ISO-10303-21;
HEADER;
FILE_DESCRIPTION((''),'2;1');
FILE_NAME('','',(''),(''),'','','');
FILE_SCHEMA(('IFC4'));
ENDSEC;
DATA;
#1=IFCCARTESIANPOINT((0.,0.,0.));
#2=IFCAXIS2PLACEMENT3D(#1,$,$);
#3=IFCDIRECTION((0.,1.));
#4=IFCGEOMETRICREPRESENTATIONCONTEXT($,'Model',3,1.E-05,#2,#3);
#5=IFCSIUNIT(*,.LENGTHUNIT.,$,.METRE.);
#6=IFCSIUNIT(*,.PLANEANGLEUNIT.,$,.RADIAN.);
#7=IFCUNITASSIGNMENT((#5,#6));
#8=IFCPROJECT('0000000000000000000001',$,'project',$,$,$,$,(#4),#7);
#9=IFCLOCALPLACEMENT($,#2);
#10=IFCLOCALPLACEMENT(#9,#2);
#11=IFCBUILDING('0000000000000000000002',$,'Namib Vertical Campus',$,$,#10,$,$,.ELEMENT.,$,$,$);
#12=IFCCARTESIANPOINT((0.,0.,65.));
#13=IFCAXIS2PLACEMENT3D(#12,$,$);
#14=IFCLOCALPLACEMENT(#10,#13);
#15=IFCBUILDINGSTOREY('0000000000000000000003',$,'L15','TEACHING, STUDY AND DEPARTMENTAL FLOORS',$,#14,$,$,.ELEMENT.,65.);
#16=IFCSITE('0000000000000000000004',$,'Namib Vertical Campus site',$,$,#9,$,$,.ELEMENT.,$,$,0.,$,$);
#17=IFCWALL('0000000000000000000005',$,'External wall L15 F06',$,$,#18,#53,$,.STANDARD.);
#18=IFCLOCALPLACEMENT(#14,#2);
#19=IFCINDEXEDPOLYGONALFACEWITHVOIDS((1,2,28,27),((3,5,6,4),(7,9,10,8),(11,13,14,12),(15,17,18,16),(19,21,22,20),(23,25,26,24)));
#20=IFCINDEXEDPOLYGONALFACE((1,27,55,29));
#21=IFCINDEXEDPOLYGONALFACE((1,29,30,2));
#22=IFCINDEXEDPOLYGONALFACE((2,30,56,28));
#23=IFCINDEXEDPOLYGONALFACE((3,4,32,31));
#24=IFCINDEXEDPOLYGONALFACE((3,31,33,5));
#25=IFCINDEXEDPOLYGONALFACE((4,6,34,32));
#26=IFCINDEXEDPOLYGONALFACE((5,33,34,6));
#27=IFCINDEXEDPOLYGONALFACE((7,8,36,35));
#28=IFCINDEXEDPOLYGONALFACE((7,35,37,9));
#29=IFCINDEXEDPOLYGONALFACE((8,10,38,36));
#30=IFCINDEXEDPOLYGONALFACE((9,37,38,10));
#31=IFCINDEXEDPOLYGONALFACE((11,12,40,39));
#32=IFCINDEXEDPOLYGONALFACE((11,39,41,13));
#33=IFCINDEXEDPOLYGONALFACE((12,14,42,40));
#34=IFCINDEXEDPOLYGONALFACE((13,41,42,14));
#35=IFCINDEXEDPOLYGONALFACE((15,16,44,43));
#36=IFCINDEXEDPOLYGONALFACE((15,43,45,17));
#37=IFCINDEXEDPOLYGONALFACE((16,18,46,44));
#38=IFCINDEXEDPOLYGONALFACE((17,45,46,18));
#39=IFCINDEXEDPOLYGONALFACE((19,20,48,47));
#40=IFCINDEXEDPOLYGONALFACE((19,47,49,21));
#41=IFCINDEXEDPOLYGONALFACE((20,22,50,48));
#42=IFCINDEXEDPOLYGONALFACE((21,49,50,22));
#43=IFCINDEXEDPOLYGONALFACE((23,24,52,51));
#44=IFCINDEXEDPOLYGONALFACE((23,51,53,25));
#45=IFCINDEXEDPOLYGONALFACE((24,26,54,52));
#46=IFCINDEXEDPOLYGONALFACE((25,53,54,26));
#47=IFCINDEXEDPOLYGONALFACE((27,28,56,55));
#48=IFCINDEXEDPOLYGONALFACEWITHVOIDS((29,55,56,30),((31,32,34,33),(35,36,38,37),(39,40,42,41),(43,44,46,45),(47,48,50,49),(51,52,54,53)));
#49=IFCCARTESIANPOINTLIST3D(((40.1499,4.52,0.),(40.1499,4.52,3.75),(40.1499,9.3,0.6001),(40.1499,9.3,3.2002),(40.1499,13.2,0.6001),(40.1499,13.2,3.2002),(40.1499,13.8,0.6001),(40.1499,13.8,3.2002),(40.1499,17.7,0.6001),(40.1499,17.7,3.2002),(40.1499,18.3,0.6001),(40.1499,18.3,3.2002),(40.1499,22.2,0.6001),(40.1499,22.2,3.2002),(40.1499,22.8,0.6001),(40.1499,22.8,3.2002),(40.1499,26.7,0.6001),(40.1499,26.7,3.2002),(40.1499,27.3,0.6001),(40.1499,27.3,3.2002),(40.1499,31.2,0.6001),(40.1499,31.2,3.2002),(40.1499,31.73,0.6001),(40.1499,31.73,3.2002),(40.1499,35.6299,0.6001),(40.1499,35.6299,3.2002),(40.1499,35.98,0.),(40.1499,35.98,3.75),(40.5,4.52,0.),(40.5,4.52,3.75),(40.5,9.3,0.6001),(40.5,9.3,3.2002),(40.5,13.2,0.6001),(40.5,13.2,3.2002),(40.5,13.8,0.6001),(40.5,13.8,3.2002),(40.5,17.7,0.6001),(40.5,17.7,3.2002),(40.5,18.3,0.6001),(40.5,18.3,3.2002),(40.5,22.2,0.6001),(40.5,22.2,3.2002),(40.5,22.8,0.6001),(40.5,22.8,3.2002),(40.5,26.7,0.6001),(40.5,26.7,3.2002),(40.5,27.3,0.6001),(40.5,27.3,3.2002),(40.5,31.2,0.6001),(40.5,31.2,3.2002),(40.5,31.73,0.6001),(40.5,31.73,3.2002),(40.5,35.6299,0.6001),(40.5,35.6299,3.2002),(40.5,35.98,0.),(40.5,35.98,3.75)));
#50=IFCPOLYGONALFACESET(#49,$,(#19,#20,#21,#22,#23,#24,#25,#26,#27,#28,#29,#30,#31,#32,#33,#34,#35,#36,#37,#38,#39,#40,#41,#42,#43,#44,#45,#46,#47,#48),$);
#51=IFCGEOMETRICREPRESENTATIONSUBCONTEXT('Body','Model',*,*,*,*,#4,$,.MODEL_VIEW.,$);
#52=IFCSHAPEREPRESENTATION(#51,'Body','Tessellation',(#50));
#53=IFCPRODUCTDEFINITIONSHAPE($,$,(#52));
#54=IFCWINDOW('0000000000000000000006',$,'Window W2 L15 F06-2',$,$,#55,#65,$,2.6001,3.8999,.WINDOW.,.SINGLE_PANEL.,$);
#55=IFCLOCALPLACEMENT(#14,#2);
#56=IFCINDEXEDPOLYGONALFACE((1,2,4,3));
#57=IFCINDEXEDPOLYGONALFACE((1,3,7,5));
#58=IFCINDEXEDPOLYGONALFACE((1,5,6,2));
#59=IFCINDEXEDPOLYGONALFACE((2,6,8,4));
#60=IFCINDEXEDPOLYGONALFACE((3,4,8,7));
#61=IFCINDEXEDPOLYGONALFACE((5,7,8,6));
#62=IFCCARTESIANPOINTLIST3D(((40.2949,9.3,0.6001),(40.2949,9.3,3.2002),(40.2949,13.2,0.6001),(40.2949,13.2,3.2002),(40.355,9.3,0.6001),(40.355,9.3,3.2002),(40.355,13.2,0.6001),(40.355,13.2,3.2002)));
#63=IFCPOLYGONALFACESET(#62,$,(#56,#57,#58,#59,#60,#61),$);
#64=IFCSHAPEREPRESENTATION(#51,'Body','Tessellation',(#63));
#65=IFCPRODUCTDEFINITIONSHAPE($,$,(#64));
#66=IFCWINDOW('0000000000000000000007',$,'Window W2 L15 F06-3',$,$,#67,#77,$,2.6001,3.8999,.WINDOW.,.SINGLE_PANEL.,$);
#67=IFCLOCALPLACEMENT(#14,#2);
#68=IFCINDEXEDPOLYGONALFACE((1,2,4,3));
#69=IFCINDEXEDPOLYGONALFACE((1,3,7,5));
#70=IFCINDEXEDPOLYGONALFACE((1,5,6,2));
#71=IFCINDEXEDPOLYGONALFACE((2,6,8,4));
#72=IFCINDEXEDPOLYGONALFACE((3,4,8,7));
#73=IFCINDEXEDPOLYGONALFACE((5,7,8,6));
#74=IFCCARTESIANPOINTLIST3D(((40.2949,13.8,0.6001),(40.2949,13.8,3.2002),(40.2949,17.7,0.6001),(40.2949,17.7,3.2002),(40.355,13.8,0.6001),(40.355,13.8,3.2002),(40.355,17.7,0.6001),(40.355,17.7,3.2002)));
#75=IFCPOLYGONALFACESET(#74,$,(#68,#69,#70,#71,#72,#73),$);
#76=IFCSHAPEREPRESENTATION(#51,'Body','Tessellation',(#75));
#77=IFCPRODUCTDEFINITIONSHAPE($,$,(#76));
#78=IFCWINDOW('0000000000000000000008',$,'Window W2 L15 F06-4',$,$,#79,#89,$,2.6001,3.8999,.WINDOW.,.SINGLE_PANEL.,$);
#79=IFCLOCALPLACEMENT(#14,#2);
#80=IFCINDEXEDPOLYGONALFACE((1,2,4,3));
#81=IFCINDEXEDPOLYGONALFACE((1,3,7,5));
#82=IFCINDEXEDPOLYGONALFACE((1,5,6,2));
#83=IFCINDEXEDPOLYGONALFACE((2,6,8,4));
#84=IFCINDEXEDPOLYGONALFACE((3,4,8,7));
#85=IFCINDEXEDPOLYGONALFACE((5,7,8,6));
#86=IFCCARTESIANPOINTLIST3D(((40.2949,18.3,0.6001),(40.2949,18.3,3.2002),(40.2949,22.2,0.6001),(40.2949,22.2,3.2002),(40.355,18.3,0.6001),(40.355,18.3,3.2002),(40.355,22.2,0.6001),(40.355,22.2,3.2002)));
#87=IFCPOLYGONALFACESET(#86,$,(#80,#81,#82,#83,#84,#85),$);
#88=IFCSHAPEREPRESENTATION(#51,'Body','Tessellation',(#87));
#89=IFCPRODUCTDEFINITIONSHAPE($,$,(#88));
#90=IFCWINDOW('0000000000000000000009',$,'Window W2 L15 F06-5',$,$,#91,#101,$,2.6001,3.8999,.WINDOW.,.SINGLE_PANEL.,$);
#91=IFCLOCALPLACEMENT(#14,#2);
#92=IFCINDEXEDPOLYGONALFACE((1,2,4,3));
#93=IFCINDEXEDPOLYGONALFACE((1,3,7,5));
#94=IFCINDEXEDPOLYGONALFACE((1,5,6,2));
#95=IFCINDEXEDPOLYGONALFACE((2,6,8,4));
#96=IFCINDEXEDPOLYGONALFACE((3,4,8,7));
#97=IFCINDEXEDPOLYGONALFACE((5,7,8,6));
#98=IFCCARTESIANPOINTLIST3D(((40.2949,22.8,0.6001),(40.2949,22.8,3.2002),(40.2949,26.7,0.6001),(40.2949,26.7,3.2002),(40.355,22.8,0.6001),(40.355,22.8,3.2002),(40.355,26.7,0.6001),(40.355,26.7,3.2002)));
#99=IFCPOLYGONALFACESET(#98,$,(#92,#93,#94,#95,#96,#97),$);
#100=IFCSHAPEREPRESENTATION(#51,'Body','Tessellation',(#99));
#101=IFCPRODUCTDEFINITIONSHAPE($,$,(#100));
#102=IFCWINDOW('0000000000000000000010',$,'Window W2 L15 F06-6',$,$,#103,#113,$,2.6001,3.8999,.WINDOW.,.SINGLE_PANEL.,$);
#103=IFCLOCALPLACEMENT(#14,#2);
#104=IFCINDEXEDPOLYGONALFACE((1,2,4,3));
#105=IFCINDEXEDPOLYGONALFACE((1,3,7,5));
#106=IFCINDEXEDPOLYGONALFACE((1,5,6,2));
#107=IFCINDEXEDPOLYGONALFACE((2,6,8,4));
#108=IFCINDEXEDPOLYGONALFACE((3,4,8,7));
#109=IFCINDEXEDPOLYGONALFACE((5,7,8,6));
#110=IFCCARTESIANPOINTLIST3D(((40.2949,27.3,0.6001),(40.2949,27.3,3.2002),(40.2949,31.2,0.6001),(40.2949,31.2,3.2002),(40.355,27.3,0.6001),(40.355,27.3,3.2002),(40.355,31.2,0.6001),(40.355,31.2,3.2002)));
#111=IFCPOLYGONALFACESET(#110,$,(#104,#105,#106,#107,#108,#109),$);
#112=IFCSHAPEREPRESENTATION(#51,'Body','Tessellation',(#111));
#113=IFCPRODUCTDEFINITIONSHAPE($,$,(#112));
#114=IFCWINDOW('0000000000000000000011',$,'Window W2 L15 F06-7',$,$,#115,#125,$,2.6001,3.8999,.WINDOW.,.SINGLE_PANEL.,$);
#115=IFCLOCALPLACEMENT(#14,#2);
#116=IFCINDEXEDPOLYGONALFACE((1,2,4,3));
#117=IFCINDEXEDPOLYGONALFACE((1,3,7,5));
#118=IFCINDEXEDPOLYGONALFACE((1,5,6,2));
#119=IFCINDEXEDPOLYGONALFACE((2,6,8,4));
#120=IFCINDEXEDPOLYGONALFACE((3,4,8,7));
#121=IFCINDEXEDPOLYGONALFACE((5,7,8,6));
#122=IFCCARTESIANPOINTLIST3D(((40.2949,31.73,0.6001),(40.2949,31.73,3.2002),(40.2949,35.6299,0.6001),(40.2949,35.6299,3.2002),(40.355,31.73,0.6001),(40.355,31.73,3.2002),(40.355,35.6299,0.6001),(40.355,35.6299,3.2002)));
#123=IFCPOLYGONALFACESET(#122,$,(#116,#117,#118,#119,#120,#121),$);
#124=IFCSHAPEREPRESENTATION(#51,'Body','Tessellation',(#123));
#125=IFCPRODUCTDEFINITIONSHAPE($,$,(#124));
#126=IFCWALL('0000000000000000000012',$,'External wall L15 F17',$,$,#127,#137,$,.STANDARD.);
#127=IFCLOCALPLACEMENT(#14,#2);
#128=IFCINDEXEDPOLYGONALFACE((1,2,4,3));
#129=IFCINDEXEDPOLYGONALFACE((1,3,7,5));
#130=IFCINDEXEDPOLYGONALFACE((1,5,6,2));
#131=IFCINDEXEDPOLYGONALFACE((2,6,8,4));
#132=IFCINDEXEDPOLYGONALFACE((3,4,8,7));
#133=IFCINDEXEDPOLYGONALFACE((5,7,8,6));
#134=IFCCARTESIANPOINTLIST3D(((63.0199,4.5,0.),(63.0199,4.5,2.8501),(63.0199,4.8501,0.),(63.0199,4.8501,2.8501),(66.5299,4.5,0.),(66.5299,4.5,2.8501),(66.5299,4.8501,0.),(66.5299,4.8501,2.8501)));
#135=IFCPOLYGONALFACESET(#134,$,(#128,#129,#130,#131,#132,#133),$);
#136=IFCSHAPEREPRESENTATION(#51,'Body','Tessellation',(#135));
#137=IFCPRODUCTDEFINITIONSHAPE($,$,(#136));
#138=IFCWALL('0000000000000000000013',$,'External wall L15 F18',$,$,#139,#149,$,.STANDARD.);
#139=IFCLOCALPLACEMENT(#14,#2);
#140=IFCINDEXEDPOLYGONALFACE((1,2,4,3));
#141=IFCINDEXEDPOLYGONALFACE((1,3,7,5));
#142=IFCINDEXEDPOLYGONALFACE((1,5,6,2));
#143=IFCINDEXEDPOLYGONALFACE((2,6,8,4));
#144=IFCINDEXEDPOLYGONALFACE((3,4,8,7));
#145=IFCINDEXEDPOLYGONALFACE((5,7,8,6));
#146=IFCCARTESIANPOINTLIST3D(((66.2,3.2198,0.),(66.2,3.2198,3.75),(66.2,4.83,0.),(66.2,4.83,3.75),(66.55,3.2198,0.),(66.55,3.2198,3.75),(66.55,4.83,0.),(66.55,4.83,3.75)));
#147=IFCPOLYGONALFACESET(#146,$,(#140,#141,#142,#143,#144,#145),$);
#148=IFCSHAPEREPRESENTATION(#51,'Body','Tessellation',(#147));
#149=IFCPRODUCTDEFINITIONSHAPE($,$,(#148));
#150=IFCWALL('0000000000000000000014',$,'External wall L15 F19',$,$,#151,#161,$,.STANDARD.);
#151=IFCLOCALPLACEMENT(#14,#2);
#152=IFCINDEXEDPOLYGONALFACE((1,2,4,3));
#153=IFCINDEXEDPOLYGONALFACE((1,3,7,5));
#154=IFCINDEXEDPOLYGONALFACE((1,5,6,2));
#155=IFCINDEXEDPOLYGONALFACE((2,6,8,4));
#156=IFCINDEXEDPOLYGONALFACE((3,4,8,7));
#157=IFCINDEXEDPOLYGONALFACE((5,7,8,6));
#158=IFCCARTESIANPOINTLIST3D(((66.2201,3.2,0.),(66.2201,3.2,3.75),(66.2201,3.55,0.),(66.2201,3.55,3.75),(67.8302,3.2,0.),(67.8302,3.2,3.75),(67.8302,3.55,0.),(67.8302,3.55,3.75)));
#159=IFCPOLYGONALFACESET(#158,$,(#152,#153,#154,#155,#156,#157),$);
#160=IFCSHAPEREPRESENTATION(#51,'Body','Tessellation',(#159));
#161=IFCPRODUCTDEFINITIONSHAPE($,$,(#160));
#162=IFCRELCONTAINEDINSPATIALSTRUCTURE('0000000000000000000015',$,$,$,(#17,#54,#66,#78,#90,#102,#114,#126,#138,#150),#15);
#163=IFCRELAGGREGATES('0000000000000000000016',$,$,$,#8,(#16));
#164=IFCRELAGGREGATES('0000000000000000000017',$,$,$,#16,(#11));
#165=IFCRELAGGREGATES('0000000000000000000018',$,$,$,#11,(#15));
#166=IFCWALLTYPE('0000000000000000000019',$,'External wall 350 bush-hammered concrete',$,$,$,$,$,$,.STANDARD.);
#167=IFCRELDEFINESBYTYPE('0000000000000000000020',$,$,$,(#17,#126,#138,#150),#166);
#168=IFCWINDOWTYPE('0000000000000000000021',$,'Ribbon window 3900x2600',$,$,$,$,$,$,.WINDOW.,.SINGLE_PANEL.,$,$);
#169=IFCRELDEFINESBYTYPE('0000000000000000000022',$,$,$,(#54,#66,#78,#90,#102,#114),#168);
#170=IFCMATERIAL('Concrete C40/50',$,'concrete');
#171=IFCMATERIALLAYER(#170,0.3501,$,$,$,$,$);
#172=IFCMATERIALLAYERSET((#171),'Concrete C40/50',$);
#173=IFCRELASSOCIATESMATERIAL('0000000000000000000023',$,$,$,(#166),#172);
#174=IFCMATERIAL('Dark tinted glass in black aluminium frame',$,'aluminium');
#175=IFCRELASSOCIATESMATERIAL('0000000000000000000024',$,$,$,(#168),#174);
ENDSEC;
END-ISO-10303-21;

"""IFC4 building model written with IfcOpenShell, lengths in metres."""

from ifc_helpers import new_model, si_unit, direction, frame, frame_2d, origin, place, context, subcontext, project, spatial, rectangle, extrude, material, layer, layer_set, type_object, element, fill, save


model = new_model("IFC4")

# Units and contexts
model_context = context("Model", 3, precision=1e-05, world=origin(), true_north=direction((0.0, 1.0)))
body_context = subcontext(model_context, "Body", "Model", "MODEL_VIEW")
ifc_project = project(units=[si_unit("LENGTHUNIT", "METRE"), si_unit("PLANEANGLEUNIT", "RADIAN")], contexts=[model_context])

# Site, building, storey
site_placement = place(None, origin())
site = spatial("IfcSite", under=ifc_project, at=site_placement, Name="Namib Vertical Campus site", CompositionType="ELEMENT", RefElevation=0.0)
building_placement = place(site_placement, origin())
building = spatial("IfcBuilding", under=site, at=building_placement, Name="Namib Vertical Campus", CompositionType="ELEMENT")
storey_placement = place(building_placement, frame((0.0, 0.0, 65.0)))
storey = spatial("IfcBuildingStorey", under=building, at=storey_placement, Name="L15", Description="TEACHING, STUDY AND DEPARTMENTAL FLOORS", CompositionType="ELEMENT", Elevation=65.0)

# Shared definitions
ifc_material_1 = material(Name="Concrete C40/50", Category="concrete")
ifc_layer_1 = layer(ifc_material_1, 0.3501)
ifc_layer_set_1 = layer_set([ifc_layer_1], Name="Concrete C40/50")
wall_type_1 = type_object("IfcWallType", Name="External wall 350 bush-hammered concrete", PredefinedType="STANDARD", material=ifc_layer_set_1)

# Wall, openings, windows
wall_1_placement = place(storey_placement, frame((40.325, 4.52, 0.0), z_axis=(0.0, 0.0, 1.0), x_axis=(0.0, 1.0, 0.0)))
wall_1 = element("IfcWall", 1, at=wall_1_placement, inside=storey, type_object=wall_type_1, Name="External wall L15 F06", PredefinedType="STANDARD", context=body_context, shape_type="SweptSolid", body=[
    extrude(rectangle(XDim=31.46, YDim=0.3501, at=frame_2d((15.73, 0.0))), origin(), (0.0, 0.0, 1.0), 3.75),
])
opening_1_placement = place(wall_1_placement, frame((4.78, 0.0, 0.6001)))
opening_1 = element("IfcOpeningElement", 2, at=opening_1_placement, cuts=wall_1, PredefinedType="OPENING", context=body_context, shape_type="SweptSolid", body=[
    extrude(rectangle(XDim=3.8999, YDim=2.6001, at=frame_2d((1.95, 1.3))), frame((0.0, 0.1851, 0.0), z_axis=(0.0, -1.0, 0.0), x_axis=(1.0, 0.0, 0.0)), (0.0, 0.0, 1.0), 0.3701),
])
opening_2_placement = place(wall_1_placement, frame((9.28, 0.0, 0.6001)))
opening_2 = element("IfcOpeningElement", 3, at=opening_2_placement, cuts=wall_1, PredefinedType="OPENING", context=body_context, shape_type="SweptSolid", body=[
    extrude(rectangle(XDim=3.8999, YDim=2.6001, at=frame_2d((1.95, 1.3))), frame((0.0, 0.1851, 0.0), z_axis=(0.0, -1.0, 0.0), x_axis=(1.0, 0.0, 0.0)), (0.0, 0.0, 1.0), 0.3701),
])
opening_3_placement = place(wall_1_placement, frame((13.78, 0.0, 0.6001)))
opening_3 = element("IfcOpeningElement", 4, at=opening_3_placement, cuts=wall_1, PredefinedType="OPENING", context=body_context, shape_type="SweptSolid", body=[
    extrude(rectangle(XDim=3.8999, YDim=2.6001, at=frame_2d((1.95, 1.3))), frame((0.0, 0.1851, 0.0), z_axis=(0.0, -1.0, 0.0), x_axis=(1.0, 0.0, 0.0)), (0.0, 0.0, 1.0), 0.3701),
])
opening_4_placement = place(wall_1_placement, frame((18.28, 0.0, 0.6001)))
opening_4 = element("IfcOpeningElement", 5, at=opening_4_placement, cuts=wall_1, PredefinedType="OPENING", context=body_context, shape_type="SweptSolid", body=[
    extrude(rectangle(XDim=3.8999, YDim=2.6001, at=frame_2d((1.95, 1.3))), frame((0.0, 0.1851, 0.0), z_axis=(0.0, -1.0, 0.0), x_axis=(1.0, 0.0, 0.0)), (0.0, 0.0, 1.0), 0.3701),
])
opening_5_placement = place(wall_1_placement, frame((22.78, 0.0, 0.6001)))
opening_5 = element("IfcOpeningElement", 6, at=opening_5_placement, cuts=wall_1, PredefinedType="OPENING", context=body_context, shape_type="SweptSolid", body=[
    extrude(rectangle(XDim=3.8999, YDim=2.6001, at=frame_2d((1.95, 1.3))), frame((0.0, 0.1851, 0.0), z_axis=(0.0, -1.0, 0.0), x_axis=(1.0, 0.0, 0.0)), (0.0, 0.0, 1.0), 0.3701),
])
opening_6_placement = place(wall_1_placement, frame((27.21, 0.0, 0.6001)))
opening_6 = element("IfcOpeningElement", 7, at=opening_6_placement, cuts=wall_1, PredefinedType="OPENING", context=body_context, shape_type="SweptSolid", body=[
    extrude(rectangle(XDim=3.8999, YDim=2.6001, at=frame_2d((1.95, 1.3))), frame((0.0, 0.1851, 0.0), z_axis=(0.0, -1.0, 0.0), x_axis=(1.0, 0.0, 0.0)), (0.0, 0.0, 1.0), 0.3701),
])
ifc_material_2 = material(Name="Dark tinted glass in black aluminium frame", Category="aluminium")
window_type = type_object("IfcWindowType", Name="Ribbon window 3900x2600", PartitioningType="SINGLE_PANEL", PredefinedType="WINDOW", material=ifc_material_2)
window_1_placement = place(opening_1_placement, origin())
window_1 = element("IfcWindow", 8, at=window_1_placement, inside=storey, type_object=window_type, Name="Window W2 L15 F06-2", OverallHeight=2.6001, OverallWidth=3.8999, PartitioningType="SINGLE_PANEL", PredefinedType="WINDOW", context=body_context, shape_type="SweptSolid", body=[
    extrude(rectangle(XDim=3.8999, YDim=2.6001, at=frame_2d((1.95, 1.3))), frame((0.0, 0.03, 0.0), z_axis=(0.0, -1.0, 0.0), x_axis=(1.0, 0.0, 0.0)), (0.0, 0.0, 1.0), 0.0601),
])
fill(opening_1, window_1)
window_2_placement = place(opening_2_placement, origin())
window_2 = element("IfcWindow", 9, at=window_2_placement, inside=storey, type_object=window_type, Name="Window W2 L15 F06-3", OverallHeight=2.6001, OverallWidth=3.8999, PartitioningType="SINGLE_PANEL", PredefinedType="WINDOW", context=body_context, shape_type="SweptSolid", body=[
    extrude(rectangle(XDim=3.8999, YDim=2.6001, at=frame_2d((1.95, 1.3))), frame((0.0, 0.03, 0.0), z_axis=(0.0, -1.0, 0.0), x_axis=(1.0, 0.0, 0.0)), (0.0, 0.0, 1.0), 0.0601),
])
fill(opening_2, window_2)
window_3_placement = place(opening_3_placement, origin())
window_3 = element("IfcWindow", 10, at=window_3_placement, inside=storey, type_object=window_type, Name="Window W2 L15 F06-4", OverallHeight=2.6001, OverallWidth=3.8999, PartitioningType="SINGLE_PANEL", PredefinedType="WINDOW", context=body_context, shape_type="SweptSolid", body=[
    extrude(rectangle(XDim=3.8999, YDim=2.6001, at=frame_2d((1.95, 1.3))), frame((0.0, 0.03, 0.0), z_axis=(0.0, -1.0, 0.0), x_axis=(1.0, 0.0, 0.0)), (0.0, 0.0, 1.0), 0.0601),
])
fill(opening_3, window_3)
window_4_placement = place(opening_4_placement, origin())
window_4 = element("IfcWindow", 11, at=window_4_placement, inside=storey, type_object=window_type, Name="Window W2 L15 F06-5", OverallHeight=2.6001, OverallWidth=3.8999, PartitioningType="SINGLE_PANEL", PredefinedType="WINDOW", context=body_context, shape_type="SweptSolid", body=[
    extrude(rectangle(XDim=3.8999, YDim=2.6001, at=frame_2d((1.95, 1.3))), frame((0.0, 0.03, 0.0), z_axis=(0.0, -1.0, 0.0), x_axis=(1.0, 0.0, 0.0)), (0.0, 0.0, 1.0), 0.0601),
])
fill(opening_4, window_4)
window_5_placement = place(opening_5_placement, origin())
window_5 = element("IfcWindow", 12, at=window_5_placement, inside=storey, type_object=window_type, Name="Window W2 L15 F06-6", OverallHeight=2.6001, OverallWidth=3.8999, PartitioningType="SINGLE_PANEL", PredefinedType="WINDOW", context=body_context, shape_type="SweptSolid", body=[
    extrude(rectangle(XDim=3.8999, YDim=2.6001, at=frame_2d((1.95, 1.3))), frame((0.0, 0.03, 0.0), z_axis=(0.0, -1.0, 0.0), x_axis=(1.0, 0.0, 0.0)), (0.0, 0.0, 1.0), 0.0601),
])
fill(opening_5, window_5)
window_6_placement = place(opening_6_placement, origin())
window_6 = element("IfcWindow", 13, at=window_6_placement, inside=storey, type_object=window_type, Name="Window W2 L15 F06-7", OverallHeight=2.6001, OverallWidth=3.8999, PartitioningType="SINGLE_PANEL", PredefinedType="WINDOW", context=body_context, shape_type="SweptSolid", body=[
    extrude(rectangle(XDim=3.8999, YDim=2.6001, at=frame_2d((1.95, 1.3))), frame((0.0, 0.03, 0.0), z_axis=(0.0, -1.0, 0.0), x_axis=(1.0, 0.0, 0.0)), (0.0, 0.0, 1.0), 0.0601),
])
fill(opening_6, window_6)

# Walls
wall_2_placement = place(storey_placement, frame((63.02, 4.675, 0.0), z_axis=(0.0, 0.0, 1.0), x_axis=(1.0, 0.0, 0.0)))
element("IfcWall", 14, at=wall_2_placement, inside=storey, type_object=wall_type_1, Name="External wall L15 F17", PredefinedType="STANDARD", context=body_context, shape_type="SweptSolid", body=[
    extrude(rectangle(XDim=3.51, YDim=0.3501, at=frame_2d((1.7549, 0.0))), origin(), (0.0, 0.0, 1.0), 2.8501),
])
for number, where, z_axis, x_axis, name in (
    (15, (66.375, 4.8301, 0.0), (0.0, 0.0, 1.0), (0.0, -1.0, 0.0), "External wall L15 F18"),
    (16, (66.22, 3.375, 0.0), (0.0, 0.0, 1.0), (1.0, 0.0, 0.0), "External wall L15 F19"),
):
    element("IfcWall", number, at=place(storey_placement, frame(where, z_axis=z_axis, x_axis=x_axis)), inside=storey, type_object=wall_type_1, Name=name, PredefinedType="STANDARD", context=body_context, shape_type="SweptSolid", body=[
        extrude(rectangle(XDim=1.6101, YDim=0.3501, at=frame_2d((0.8052, 0.0))), origin(), (0.0, 0.0, 1.0), 3.75),
    ])

save(model, "model.ifc")
